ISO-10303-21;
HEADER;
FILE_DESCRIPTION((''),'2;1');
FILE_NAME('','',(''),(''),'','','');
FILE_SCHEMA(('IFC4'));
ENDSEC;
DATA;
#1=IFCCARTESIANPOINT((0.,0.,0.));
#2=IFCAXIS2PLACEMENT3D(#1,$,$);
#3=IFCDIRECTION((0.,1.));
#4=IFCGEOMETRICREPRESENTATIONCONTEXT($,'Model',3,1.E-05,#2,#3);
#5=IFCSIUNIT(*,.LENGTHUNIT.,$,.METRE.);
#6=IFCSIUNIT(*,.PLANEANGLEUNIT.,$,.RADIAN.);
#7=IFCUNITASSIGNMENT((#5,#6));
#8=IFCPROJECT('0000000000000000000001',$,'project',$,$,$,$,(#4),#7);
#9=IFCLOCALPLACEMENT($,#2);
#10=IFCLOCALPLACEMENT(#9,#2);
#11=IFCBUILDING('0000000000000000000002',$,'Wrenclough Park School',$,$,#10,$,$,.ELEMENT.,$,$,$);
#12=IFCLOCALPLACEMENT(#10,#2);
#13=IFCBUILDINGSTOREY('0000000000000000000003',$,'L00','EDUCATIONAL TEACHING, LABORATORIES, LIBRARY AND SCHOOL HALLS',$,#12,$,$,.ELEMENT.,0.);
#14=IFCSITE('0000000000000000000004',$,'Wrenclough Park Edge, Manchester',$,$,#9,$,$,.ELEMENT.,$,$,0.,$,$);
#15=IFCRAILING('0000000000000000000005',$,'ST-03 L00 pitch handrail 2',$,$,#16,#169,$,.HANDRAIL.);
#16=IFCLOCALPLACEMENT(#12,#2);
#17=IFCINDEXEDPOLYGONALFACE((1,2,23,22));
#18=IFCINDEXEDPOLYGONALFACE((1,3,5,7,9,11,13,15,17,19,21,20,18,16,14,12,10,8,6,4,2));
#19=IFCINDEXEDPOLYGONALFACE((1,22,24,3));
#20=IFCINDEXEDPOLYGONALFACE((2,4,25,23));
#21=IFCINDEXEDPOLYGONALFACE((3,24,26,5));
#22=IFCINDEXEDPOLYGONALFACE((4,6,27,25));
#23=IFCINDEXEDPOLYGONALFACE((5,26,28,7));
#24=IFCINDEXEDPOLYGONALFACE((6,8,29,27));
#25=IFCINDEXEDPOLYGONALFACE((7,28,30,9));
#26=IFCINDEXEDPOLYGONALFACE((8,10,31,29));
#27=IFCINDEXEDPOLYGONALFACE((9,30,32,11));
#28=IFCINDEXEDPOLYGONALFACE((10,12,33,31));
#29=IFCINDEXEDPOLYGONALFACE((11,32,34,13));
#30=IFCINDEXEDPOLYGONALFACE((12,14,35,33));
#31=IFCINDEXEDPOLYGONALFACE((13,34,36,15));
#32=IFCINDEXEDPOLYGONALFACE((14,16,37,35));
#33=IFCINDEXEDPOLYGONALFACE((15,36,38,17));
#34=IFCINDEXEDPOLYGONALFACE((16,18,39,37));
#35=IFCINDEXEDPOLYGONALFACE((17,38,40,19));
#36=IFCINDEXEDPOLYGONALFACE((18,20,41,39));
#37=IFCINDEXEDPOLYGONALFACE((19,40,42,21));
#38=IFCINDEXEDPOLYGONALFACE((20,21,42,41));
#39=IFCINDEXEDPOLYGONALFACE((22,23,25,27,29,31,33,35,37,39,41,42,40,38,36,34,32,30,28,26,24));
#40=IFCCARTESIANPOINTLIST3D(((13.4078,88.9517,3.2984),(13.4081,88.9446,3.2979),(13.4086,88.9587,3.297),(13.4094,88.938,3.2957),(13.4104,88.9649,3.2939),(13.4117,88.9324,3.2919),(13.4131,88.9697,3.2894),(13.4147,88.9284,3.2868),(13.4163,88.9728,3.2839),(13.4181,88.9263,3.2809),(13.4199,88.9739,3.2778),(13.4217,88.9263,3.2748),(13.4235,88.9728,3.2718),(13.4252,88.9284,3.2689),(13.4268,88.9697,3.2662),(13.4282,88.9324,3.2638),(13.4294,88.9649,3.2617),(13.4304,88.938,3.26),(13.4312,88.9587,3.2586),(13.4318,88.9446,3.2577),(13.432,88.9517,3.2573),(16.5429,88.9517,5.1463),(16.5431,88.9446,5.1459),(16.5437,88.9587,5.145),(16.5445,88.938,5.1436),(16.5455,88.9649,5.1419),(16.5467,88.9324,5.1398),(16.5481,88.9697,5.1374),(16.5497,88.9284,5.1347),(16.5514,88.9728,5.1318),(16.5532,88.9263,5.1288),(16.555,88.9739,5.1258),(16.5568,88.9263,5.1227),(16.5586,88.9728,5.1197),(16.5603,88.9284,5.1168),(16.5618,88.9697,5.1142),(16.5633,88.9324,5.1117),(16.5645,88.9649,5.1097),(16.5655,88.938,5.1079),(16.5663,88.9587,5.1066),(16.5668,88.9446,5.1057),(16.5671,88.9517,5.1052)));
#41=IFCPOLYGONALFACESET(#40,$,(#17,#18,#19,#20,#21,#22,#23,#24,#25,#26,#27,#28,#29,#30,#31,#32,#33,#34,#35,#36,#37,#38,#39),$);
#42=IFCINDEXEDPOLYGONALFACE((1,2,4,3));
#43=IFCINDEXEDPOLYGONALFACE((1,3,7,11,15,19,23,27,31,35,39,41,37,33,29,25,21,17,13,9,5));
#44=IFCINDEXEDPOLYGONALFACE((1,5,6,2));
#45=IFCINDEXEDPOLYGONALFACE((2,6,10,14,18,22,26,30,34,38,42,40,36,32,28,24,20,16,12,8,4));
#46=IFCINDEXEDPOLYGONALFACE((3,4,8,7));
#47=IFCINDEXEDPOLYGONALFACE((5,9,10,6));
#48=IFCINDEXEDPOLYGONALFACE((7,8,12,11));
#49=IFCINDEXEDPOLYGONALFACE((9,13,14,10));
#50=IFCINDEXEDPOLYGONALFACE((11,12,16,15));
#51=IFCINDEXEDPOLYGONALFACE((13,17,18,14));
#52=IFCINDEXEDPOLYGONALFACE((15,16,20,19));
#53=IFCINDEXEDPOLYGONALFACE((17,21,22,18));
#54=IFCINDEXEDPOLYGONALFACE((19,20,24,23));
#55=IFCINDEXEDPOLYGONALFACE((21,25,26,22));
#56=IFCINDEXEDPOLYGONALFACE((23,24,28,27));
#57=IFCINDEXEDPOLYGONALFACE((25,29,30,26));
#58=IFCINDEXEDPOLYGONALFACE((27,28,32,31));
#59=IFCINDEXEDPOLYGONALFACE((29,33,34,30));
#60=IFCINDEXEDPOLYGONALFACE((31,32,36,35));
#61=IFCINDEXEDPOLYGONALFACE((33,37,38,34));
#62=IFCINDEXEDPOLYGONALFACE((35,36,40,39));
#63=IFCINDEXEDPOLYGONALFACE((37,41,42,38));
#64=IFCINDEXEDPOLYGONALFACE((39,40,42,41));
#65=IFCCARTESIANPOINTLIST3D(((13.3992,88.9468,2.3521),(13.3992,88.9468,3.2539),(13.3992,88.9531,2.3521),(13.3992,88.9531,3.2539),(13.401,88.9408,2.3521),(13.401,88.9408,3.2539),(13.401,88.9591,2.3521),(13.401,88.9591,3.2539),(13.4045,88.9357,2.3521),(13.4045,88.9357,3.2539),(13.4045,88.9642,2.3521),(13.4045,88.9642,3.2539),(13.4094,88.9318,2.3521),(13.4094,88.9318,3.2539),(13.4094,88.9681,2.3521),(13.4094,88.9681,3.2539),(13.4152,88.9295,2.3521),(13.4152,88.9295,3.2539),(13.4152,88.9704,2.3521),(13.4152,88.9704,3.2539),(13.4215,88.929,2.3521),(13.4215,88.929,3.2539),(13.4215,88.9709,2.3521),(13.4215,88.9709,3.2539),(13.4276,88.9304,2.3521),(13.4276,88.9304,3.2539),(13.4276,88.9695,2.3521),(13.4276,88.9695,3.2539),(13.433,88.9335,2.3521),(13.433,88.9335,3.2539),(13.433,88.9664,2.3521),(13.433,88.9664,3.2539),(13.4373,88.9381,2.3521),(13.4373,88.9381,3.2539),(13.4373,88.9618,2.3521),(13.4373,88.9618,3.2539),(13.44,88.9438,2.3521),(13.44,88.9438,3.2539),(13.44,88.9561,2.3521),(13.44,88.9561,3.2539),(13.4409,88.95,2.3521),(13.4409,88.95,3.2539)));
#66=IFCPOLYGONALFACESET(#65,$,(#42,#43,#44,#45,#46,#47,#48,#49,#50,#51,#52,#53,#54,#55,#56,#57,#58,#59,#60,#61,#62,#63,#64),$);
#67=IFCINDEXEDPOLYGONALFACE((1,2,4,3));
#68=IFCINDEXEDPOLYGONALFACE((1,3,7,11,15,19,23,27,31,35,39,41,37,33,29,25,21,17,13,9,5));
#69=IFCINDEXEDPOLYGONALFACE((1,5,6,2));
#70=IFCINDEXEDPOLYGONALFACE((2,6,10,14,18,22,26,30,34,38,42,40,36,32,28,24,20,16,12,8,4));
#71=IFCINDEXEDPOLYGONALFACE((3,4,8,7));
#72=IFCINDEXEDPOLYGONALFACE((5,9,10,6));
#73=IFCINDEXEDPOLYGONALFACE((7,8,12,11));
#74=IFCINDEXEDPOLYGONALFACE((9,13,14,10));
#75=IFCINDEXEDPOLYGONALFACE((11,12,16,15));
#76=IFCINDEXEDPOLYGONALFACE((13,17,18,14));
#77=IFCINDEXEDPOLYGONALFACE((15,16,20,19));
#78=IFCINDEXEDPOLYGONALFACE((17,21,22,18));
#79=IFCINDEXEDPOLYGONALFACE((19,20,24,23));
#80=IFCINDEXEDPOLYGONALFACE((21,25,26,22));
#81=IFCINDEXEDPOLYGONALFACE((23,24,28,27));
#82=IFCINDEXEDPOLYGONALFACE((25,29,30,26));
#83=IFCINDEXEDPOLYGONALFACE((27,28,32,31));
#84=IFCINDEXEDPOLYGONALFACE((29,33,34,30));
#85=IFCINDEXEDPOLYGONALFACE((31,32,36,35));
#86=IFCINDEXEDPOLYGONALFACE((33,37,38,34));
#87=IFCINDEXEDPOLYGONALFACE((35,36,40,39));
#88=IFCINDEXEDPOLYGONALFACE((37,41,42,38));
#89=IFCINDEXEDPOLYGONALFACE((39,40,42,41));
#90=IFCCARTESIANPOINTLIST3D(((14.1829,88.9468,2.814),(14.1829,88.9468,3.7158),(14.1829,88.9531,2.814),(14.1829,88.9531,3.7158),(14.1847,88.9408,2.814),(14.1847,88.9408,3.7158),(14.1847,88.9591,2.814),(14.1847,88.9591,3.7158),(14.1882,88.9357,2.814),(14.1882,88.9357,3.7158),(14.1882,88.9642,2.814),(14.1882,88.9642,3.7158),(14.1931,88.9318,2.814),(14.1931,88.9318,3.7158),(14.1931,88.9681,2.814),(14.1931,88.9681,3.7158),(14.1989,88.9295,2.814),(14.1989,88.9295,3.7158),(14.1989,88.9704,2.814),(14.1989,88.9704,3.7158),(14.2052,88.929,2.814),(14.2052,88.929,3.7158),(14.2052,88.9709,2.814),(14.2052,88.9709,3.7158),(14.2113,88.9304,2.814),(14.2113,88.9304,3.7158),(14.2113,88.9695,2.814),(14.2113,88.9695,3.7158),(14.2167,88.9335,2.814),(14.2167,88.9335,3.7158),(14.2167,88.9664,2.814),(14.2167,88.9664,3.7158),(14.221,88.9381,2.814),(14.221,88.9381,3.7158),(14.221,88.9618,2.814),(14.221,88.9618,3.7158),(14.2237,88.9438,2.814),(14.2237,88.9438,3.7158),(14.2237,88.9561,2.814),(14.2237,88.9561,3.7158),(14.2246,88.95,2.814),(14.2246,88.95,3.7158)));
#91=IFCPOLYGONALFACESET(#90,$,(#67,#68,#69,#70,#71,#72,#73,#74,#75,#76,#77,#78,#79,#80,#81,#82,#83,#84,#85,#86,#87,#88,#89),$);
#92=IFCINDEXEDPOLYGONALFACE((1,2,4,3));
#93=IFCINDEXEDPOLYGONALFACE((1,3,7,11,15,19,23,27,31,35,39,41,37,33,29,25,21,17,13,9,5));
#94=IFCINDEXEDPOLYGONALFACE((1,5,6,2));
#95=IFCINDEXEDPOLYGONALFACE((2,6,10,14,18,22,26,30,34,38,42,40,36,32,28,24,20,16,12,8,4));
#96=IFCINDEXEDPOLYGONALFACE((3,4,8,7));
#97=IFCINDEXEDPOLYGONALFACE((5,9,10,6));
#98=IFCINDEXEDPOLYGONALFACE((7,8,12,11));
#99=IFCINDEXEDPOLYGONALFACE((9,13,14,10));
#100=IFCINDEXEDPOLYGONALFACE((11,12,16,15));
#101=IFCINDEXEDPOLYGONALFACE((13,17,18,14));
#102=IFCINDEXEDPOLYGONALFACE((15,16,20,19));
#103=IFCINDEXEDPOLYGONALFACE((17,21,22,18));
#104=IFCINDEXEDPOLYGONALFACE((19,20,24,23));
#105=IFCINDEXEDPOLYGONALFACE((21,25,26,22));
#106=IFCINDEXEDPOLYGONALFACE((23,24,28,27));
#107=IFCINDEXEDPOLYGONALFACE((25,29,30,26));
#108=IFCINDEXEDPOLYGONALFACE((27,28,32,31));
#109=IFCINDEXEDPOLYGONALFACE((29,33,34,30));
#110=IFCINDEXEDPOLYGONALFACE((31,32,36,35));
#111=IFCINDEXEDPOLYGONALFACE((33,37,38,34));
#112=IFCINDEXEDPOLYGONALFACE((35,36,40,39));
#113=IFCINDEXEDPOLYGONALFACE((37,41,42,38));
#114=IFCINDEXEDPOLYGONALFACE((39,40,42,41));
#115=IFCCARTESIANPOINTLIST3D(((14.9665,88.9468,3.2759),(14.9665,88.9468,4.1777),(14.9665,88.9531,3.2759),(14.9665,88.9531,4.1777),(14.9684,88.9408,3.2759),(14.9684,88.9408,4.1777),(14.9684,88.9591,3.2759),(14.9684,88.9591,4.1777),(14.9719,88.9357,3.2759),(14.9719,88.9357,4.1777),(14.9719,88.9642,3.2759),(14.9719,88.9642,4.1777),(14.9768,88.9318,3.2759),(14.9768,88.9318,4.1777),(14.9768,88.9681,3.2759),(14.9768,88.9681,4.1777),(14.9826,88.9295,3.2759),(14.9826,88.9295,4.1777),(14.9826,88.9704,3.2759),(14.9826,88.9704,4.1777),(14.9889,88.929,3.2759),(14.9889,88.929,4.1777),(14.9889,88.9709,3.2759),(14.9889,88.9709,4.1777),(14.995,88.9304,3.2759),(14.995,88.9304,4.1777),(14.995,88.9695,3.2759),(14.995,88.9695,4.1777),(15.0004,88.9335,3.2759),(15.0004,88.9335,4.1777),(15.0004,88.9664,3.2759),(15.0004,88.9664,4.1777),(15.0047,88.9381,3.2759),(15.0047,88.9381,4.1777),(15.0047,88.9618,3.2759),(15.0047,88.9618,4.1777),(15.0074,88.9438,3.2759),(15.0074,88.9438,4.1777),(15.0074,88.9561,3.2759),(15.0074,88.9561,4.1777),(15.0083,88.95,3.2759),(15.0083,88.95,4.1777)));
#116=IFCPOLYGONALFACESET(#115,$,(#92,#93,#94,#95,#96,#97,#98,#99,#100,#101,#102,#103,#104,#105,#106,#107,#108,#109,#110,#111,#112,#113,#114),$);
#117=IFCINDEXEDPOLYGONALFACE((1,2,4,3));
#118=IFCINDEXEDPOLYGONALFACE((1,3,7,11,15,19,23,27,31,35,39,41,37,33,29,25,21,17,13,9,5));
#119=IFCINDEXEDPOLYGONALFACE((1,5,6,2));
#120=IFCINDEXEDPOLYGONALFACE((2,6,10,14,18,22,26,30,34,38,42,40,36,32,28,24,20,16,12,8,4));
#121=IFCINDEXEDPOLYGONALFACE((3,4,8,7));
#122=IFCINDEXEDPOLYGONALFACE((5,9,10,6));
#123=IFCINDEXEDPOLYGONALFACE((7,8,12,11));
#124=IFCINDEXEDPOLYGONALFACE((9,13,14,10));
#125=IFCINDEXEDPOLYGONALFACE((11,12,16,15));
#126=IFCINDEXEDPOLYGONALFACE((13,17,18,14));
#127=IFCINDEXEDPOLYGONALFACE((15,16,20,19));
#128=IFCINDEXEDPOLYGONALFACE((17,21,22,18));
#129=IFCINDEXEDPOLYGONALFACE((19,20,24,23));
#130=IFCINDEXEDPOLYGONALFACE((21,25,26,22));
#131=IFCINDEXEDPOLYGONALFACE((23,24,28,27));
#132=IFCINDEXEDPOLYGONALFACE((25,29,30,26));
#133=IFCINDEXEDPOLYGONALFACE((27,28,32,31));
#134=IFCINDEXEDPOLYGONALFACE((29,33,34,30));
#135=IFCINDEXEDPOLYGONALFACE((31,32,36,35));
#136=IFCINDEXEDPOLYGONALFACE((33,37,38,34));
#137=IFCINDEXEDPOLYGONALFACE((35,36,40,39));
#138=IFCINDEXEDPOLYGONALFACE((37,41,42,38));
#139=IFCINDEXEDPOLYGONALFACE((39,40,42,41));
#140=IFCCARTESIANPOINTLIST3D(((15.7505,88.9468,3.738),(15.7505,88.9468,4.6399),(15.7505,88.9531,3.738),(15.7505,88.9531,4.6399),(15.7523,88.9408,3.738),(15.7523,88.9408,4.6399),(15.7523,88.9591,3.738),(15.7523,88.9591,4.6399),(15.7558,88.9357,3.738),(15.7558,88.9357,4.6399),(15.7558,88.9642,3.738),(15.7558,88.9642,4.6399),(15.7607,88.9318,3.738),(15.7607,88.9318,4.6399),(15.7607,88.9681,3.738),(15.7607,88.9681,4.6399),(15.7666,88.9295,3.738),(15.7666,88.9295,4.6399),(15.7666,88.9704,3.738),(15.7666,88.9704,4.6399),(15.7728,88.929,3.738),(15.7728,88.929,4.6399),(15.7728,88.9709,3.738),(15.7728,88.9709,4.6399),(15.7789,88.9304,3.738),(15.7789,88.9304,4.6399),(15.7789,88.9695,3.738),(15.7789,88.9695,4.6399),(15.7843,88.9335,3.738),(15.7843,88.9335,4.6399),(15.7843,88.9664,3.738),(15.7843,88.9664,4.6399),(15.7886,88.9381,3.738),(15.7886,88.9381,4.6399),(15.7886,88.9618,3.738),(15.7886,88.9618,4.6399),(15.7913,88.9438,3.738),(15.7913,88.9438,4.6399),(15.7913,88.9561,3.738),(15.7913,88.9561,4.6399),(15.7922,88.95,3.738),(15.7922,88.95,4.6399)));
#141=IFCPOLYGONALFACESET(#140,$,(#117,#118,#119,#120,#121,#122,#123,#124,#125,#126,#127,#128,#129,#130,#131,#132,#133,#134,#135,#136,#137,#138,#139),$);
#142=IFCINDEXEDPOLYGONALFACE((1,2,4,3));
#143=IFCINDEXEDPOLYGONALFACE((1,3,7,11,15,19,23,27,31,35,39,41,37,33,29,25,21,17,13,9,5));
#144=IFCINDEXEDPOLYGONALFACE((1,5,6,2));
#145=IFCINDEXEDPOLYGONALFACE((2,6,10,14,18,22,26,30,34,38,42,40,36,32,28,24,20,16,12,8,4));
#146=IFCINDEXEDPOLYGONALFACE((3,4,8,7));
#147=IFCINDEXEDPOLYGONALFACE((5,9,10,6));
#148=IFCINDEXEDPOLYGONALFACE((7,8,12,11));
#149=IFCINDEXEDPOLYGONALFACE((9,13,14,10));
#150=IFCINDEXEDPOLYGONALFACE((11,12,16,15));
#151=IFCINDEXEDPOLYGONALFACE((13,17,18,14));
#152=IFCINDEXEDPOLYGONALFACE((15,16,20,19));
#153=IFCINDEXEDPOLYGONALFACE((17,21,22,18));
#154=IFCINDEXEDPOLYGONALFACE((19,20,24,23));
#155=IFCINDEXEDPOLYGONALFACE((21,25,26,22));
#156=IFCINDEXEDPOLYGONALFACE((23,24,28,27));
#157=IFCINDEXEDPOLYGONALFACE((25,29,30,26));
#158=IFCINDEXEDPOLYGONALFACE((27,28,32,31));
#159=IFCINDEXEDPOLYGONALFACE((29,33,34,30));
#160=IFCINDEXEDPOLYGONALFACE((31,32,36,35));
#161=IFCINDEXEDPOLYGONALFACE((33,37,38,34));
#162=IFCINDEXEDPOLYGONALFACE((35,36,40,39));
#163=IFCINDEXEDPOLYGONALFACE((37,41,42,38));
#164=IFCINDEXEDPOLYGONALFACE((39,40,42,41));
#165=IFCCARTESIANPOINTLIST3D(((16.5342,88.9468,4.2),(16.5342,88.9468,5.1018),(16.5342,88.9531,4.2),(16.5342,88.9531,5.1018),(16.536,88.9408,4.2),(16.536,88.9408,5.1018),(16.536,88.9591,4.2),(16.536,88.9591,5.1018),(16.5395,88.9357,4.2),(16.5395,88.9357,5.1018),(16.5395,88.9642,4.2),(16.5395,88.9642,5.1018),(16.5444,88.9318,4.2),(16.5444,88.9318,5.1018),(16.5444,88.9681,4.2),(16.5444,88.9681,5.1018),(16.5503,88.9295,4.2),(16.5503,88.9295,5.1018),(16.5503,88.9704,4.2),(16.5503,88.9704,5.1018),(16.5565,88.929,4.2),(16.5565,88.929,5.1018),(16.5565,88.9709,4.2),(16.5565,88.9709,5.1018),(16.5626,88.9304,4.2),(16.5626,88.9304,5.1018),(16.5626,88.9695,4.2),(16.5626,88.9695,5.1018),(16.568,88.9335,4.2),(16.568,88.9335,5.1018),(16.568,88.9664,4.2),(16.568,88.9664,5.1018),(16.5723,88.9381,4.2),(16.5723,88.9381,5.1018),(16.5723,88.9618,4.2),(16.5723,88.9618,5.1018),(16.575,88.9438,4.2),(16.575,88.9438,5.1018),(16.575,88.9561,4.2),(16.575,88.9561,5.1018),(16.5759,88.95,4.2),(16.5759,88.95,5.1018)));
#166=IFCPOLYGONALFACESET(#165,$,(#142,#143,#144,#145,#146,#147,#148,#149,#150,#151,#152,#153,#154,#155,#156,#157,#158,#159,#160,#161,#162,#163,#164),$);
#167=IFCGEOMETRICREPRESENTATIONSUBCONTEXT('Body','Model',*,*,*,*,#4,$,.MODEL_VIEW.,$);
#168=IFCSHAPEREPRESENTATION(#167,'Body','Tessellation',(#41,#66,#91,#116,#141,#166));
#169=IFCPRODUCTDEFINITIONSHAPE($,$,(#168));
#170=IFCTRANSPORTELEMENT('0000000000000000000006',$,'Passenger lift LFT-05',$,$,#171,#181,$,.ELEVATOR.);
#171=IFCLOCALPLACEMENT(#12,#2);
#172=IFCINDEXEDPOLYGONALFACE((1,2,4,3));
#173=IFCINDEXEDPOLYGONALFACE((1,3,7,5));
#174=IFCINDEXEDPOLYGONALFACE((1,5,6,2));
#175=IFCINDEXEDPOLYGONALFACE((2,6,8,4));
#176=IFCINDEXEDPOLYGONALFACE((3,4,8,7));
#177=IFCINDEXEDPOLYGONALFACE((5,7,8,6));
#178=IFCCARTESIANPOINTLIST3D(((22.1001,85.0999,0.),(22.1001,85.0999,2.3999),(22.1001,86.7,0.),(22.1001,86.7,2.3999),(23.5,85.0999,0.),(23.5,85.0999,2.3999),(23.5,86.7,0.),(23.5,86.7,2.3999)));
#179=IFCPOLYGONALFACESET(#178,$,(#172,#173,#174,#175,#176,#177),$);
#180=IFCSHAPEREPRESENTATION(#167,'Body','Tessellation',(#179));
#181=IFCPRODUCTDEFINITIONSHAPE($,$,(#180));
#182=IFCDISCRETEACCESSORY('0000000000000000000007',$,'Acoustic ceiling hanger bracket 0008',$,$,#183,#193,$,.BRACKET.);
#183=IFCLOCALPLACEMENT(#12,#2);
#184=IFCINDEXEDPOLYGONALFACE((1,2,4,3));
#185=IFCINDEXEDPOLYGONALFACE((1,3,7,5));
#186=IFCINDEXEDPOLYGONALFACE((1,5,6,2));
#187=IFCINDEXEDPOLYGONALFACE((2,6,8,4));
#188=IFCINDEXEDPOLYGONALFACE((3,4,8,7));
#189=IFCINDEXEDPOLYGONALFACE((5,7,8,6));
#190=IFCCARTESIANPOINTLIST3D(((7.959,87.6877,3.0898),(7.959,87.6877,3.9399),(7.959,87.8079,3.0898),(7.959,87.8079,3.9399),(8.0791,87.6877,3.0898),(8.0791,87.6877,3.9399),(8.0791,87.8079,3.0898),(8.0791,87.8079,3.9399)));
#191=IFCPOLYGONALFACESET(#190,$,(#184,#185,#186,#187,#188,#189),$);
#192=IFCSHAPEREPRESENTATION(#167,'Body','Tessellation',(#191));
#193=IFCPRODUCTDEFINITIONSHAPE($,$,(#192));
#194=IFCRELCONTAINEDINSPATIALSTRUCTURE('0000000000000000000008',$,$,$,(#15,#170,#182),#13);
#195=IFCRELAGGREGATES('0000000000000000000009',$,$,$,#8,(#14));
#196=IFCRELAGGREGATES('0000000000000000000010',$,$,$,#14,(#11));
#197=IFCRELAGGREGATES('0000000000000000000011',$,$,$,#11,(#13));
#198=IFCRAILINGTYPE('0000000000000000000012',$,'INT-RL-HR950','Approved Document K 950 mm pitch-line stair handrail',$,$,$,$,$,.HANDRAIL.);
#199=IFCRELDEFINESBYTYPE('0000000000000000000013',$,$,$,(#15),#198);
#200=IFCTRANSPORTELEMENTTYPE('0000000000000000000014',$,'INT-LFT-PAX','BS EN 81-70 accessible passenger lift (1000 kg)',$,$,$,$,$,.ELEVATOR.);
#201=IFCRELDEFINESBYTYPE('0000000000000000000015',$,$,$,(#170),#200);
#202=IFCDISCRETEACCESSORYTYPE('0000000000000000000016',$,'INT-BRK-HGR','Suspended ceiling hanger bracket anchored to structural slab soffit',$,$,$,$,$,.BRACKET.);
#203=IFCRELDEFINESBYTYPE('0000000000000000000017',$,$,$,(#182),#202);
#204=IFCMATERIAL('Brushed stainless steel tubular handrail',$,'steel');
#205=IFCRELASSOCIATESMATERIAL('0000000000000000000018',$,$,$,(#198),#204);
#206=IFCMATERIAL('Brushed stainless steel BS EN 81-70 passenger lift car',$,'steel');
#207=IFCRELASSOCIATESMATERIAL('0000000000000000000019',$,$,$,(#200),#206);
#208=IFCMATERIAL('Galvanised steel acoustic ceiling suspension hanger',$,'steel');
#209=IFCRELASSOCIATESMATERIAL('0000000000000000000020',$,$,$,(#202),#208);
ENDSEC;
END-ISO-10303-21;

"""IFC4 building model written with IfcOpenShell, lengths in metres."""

from ifc_helpers import new_model, si_unit, direction, frame, origin, origin_2d, place, context, subcontext, project, spatial, rectangle, circle, extrude, material, type_object, element, save


model = new_model("IFC4")

# Units and contexts
model_context = context("Model", 3, precision=1e-05, world=origin(), true_north=direction((0.0, 1.0)))
body_context = subcontext(model_context, "Body", "Model", "MODEL_VIEW")
ifc_project = project(units=[si_unit("LENGTHUNIT", "METRE"), si_unit("PLANEANGLEUNIT", "RADIAN")], contexts=[model_context])

# Site, building, storey
site_placement = place(None, origin())
site = spatial("IfcSite", under=ifc_project, at=site_placement, Name="Wrenclough Park Edge, Manchester", CompositionType="ELEMENT", RefElevation=0.0)
building_placement = place(site_placement, origin())
building = spatial("IfcBuilding", under=site, at=building_placement, Name="Wrenclough Park School", CompositionType="ELEMENT")
storey_placement = place(building_placement, origin())
storey = spatial("IfcBuildingStorey", under=building, at=storey_placement, Name="L00", Description="EDUCATIONAL TEACHING, LABORATORIES, LIBRARY AND SCHOOL HALLS", CompositionType="ELEMENT", Elevation=0.0)

# Railing
ifc_material_1 = material(Name="Brushed stainless steel tubular handrail", Category="steel")
railing_type_1 = type_object("IfcRailingType", Name="INT-RL-HR950", Description="Approved Document K 950 mm pitch-line stair handrail", PredefinedType="HANDRAIL", material=ifc_material_1)
railing_1_placement = place(storey_placement, frame((13.4199, 88.95, 2.3521)))
element("IfcRailing", 1, at=railing_1_placement, inside=storey, type_object=railing_type_1, Name="ST-03 L00 pitch handrail 2", PredefinedType="HANDRAIL", context=body_context, shape_type="SweptSolid", body=[
    extrude(circle(Radius=0.0239, at=origin_2d()), frame((0.0, 0.0, 0.9258), z_axis=(0.86148, 0.0, 0.507791), x_axis=(0.0, 1.0, 0.0)), (0.0, 0.0, 1.0), 3.6392),
    extrude(circle(Radius=0.021, at=origin_2d()), origin(), (0.0, 0.0, 1.0), 0.9019),
    extrude(circle(Radius=0.021, at=origin_2d()), frame((0.7837, 0.0, 0.4619)), (0.0, 0.0, 1.0), 0.9019),
    extrude(circle(Radius=0.021, at=origin_2d()), frame((1.5674, 0.0, 0.9238)), (0.0, 0.0, 1.0), 0.9019),
    extrude(circle(Radius=0.021, at=origin_2d()), frame((2.3513, 0.0, 1.386)), (0.0, 0.0, 1.0), 0.9019),
    extrude(circle(Radius=0.021, at=origin_2d()), frame((3.135, 0.0, 1.8479)), (0.0, 0.0, 1.0), 0.9019),
])

# Transport element
ifc_material_2 = material(Name="Brushed stainless steel BS EN 81-70 passenger lift car", Category="steel")
transport_element_type = type_object("IfcTransportElementType", Name="INT-LFT-PAX", Description="BS EN 81-70 accessible passenger lift (1000 kg)", PredefinedType="ELEVATOR", material=ifc_material_2)
transport_element_placement = place(storey_placement, frame((22.8, 85.8999, 0.0), z_axis=(0.0, 0.0, 1.0), x_axis=(1.0, 0.0, 0.0)))
element("IfcTransportElement", 2, at=transport_element_placement, inside=storey, type_object=transport_element_type, Name="Passenger lift LFT-05", PredefinedType="ELEVATOR", context=body_context, shape_type="SweptSolid", body=[
    extrude(rectangle(XDim=1.3999, YDim=1.6001, at=origin_2d()), origin(), (0.0, 0.0, 1.0), 2.3999),
])

# Discrete accessory
ifc_material_3 = material(Name="Galvanised steel acoustic ceiling suspension hanger", Category="steel")
discrete_accessory_type = type_object("IfcDiscreteAccessoryType", Name="INT-BRK-HGR", Description="Suspended ceiling hanger bracket anchored to structural slab soffit", PredefinedType="BRACKET", material=ifc_material_3)
discrete_accessory_placement = place(storey_placement, frame((8.019, 87.7478, 3.0898), z_axis=(0.0, 0.0, 1.0), x_axis=(1.0, 0.0, 0.0)))
element("IfcDiscreteAccessory", 3, at=discrete_accessory_placement, inside=storey, type_object=discrete_accessory_type, Name="Acoustic ceiling hanger bracket 0008", PredefinedType="BRACKET", context=body_context, shape_type="SweptSolid", body=[
    extrude(rectangle(XDim=0.1201, YDim=0.1201, at=origin_2d()), origin(), (0.0, 0.0, 1.0), 0.8501),
])

save(model, "model.ifc")
